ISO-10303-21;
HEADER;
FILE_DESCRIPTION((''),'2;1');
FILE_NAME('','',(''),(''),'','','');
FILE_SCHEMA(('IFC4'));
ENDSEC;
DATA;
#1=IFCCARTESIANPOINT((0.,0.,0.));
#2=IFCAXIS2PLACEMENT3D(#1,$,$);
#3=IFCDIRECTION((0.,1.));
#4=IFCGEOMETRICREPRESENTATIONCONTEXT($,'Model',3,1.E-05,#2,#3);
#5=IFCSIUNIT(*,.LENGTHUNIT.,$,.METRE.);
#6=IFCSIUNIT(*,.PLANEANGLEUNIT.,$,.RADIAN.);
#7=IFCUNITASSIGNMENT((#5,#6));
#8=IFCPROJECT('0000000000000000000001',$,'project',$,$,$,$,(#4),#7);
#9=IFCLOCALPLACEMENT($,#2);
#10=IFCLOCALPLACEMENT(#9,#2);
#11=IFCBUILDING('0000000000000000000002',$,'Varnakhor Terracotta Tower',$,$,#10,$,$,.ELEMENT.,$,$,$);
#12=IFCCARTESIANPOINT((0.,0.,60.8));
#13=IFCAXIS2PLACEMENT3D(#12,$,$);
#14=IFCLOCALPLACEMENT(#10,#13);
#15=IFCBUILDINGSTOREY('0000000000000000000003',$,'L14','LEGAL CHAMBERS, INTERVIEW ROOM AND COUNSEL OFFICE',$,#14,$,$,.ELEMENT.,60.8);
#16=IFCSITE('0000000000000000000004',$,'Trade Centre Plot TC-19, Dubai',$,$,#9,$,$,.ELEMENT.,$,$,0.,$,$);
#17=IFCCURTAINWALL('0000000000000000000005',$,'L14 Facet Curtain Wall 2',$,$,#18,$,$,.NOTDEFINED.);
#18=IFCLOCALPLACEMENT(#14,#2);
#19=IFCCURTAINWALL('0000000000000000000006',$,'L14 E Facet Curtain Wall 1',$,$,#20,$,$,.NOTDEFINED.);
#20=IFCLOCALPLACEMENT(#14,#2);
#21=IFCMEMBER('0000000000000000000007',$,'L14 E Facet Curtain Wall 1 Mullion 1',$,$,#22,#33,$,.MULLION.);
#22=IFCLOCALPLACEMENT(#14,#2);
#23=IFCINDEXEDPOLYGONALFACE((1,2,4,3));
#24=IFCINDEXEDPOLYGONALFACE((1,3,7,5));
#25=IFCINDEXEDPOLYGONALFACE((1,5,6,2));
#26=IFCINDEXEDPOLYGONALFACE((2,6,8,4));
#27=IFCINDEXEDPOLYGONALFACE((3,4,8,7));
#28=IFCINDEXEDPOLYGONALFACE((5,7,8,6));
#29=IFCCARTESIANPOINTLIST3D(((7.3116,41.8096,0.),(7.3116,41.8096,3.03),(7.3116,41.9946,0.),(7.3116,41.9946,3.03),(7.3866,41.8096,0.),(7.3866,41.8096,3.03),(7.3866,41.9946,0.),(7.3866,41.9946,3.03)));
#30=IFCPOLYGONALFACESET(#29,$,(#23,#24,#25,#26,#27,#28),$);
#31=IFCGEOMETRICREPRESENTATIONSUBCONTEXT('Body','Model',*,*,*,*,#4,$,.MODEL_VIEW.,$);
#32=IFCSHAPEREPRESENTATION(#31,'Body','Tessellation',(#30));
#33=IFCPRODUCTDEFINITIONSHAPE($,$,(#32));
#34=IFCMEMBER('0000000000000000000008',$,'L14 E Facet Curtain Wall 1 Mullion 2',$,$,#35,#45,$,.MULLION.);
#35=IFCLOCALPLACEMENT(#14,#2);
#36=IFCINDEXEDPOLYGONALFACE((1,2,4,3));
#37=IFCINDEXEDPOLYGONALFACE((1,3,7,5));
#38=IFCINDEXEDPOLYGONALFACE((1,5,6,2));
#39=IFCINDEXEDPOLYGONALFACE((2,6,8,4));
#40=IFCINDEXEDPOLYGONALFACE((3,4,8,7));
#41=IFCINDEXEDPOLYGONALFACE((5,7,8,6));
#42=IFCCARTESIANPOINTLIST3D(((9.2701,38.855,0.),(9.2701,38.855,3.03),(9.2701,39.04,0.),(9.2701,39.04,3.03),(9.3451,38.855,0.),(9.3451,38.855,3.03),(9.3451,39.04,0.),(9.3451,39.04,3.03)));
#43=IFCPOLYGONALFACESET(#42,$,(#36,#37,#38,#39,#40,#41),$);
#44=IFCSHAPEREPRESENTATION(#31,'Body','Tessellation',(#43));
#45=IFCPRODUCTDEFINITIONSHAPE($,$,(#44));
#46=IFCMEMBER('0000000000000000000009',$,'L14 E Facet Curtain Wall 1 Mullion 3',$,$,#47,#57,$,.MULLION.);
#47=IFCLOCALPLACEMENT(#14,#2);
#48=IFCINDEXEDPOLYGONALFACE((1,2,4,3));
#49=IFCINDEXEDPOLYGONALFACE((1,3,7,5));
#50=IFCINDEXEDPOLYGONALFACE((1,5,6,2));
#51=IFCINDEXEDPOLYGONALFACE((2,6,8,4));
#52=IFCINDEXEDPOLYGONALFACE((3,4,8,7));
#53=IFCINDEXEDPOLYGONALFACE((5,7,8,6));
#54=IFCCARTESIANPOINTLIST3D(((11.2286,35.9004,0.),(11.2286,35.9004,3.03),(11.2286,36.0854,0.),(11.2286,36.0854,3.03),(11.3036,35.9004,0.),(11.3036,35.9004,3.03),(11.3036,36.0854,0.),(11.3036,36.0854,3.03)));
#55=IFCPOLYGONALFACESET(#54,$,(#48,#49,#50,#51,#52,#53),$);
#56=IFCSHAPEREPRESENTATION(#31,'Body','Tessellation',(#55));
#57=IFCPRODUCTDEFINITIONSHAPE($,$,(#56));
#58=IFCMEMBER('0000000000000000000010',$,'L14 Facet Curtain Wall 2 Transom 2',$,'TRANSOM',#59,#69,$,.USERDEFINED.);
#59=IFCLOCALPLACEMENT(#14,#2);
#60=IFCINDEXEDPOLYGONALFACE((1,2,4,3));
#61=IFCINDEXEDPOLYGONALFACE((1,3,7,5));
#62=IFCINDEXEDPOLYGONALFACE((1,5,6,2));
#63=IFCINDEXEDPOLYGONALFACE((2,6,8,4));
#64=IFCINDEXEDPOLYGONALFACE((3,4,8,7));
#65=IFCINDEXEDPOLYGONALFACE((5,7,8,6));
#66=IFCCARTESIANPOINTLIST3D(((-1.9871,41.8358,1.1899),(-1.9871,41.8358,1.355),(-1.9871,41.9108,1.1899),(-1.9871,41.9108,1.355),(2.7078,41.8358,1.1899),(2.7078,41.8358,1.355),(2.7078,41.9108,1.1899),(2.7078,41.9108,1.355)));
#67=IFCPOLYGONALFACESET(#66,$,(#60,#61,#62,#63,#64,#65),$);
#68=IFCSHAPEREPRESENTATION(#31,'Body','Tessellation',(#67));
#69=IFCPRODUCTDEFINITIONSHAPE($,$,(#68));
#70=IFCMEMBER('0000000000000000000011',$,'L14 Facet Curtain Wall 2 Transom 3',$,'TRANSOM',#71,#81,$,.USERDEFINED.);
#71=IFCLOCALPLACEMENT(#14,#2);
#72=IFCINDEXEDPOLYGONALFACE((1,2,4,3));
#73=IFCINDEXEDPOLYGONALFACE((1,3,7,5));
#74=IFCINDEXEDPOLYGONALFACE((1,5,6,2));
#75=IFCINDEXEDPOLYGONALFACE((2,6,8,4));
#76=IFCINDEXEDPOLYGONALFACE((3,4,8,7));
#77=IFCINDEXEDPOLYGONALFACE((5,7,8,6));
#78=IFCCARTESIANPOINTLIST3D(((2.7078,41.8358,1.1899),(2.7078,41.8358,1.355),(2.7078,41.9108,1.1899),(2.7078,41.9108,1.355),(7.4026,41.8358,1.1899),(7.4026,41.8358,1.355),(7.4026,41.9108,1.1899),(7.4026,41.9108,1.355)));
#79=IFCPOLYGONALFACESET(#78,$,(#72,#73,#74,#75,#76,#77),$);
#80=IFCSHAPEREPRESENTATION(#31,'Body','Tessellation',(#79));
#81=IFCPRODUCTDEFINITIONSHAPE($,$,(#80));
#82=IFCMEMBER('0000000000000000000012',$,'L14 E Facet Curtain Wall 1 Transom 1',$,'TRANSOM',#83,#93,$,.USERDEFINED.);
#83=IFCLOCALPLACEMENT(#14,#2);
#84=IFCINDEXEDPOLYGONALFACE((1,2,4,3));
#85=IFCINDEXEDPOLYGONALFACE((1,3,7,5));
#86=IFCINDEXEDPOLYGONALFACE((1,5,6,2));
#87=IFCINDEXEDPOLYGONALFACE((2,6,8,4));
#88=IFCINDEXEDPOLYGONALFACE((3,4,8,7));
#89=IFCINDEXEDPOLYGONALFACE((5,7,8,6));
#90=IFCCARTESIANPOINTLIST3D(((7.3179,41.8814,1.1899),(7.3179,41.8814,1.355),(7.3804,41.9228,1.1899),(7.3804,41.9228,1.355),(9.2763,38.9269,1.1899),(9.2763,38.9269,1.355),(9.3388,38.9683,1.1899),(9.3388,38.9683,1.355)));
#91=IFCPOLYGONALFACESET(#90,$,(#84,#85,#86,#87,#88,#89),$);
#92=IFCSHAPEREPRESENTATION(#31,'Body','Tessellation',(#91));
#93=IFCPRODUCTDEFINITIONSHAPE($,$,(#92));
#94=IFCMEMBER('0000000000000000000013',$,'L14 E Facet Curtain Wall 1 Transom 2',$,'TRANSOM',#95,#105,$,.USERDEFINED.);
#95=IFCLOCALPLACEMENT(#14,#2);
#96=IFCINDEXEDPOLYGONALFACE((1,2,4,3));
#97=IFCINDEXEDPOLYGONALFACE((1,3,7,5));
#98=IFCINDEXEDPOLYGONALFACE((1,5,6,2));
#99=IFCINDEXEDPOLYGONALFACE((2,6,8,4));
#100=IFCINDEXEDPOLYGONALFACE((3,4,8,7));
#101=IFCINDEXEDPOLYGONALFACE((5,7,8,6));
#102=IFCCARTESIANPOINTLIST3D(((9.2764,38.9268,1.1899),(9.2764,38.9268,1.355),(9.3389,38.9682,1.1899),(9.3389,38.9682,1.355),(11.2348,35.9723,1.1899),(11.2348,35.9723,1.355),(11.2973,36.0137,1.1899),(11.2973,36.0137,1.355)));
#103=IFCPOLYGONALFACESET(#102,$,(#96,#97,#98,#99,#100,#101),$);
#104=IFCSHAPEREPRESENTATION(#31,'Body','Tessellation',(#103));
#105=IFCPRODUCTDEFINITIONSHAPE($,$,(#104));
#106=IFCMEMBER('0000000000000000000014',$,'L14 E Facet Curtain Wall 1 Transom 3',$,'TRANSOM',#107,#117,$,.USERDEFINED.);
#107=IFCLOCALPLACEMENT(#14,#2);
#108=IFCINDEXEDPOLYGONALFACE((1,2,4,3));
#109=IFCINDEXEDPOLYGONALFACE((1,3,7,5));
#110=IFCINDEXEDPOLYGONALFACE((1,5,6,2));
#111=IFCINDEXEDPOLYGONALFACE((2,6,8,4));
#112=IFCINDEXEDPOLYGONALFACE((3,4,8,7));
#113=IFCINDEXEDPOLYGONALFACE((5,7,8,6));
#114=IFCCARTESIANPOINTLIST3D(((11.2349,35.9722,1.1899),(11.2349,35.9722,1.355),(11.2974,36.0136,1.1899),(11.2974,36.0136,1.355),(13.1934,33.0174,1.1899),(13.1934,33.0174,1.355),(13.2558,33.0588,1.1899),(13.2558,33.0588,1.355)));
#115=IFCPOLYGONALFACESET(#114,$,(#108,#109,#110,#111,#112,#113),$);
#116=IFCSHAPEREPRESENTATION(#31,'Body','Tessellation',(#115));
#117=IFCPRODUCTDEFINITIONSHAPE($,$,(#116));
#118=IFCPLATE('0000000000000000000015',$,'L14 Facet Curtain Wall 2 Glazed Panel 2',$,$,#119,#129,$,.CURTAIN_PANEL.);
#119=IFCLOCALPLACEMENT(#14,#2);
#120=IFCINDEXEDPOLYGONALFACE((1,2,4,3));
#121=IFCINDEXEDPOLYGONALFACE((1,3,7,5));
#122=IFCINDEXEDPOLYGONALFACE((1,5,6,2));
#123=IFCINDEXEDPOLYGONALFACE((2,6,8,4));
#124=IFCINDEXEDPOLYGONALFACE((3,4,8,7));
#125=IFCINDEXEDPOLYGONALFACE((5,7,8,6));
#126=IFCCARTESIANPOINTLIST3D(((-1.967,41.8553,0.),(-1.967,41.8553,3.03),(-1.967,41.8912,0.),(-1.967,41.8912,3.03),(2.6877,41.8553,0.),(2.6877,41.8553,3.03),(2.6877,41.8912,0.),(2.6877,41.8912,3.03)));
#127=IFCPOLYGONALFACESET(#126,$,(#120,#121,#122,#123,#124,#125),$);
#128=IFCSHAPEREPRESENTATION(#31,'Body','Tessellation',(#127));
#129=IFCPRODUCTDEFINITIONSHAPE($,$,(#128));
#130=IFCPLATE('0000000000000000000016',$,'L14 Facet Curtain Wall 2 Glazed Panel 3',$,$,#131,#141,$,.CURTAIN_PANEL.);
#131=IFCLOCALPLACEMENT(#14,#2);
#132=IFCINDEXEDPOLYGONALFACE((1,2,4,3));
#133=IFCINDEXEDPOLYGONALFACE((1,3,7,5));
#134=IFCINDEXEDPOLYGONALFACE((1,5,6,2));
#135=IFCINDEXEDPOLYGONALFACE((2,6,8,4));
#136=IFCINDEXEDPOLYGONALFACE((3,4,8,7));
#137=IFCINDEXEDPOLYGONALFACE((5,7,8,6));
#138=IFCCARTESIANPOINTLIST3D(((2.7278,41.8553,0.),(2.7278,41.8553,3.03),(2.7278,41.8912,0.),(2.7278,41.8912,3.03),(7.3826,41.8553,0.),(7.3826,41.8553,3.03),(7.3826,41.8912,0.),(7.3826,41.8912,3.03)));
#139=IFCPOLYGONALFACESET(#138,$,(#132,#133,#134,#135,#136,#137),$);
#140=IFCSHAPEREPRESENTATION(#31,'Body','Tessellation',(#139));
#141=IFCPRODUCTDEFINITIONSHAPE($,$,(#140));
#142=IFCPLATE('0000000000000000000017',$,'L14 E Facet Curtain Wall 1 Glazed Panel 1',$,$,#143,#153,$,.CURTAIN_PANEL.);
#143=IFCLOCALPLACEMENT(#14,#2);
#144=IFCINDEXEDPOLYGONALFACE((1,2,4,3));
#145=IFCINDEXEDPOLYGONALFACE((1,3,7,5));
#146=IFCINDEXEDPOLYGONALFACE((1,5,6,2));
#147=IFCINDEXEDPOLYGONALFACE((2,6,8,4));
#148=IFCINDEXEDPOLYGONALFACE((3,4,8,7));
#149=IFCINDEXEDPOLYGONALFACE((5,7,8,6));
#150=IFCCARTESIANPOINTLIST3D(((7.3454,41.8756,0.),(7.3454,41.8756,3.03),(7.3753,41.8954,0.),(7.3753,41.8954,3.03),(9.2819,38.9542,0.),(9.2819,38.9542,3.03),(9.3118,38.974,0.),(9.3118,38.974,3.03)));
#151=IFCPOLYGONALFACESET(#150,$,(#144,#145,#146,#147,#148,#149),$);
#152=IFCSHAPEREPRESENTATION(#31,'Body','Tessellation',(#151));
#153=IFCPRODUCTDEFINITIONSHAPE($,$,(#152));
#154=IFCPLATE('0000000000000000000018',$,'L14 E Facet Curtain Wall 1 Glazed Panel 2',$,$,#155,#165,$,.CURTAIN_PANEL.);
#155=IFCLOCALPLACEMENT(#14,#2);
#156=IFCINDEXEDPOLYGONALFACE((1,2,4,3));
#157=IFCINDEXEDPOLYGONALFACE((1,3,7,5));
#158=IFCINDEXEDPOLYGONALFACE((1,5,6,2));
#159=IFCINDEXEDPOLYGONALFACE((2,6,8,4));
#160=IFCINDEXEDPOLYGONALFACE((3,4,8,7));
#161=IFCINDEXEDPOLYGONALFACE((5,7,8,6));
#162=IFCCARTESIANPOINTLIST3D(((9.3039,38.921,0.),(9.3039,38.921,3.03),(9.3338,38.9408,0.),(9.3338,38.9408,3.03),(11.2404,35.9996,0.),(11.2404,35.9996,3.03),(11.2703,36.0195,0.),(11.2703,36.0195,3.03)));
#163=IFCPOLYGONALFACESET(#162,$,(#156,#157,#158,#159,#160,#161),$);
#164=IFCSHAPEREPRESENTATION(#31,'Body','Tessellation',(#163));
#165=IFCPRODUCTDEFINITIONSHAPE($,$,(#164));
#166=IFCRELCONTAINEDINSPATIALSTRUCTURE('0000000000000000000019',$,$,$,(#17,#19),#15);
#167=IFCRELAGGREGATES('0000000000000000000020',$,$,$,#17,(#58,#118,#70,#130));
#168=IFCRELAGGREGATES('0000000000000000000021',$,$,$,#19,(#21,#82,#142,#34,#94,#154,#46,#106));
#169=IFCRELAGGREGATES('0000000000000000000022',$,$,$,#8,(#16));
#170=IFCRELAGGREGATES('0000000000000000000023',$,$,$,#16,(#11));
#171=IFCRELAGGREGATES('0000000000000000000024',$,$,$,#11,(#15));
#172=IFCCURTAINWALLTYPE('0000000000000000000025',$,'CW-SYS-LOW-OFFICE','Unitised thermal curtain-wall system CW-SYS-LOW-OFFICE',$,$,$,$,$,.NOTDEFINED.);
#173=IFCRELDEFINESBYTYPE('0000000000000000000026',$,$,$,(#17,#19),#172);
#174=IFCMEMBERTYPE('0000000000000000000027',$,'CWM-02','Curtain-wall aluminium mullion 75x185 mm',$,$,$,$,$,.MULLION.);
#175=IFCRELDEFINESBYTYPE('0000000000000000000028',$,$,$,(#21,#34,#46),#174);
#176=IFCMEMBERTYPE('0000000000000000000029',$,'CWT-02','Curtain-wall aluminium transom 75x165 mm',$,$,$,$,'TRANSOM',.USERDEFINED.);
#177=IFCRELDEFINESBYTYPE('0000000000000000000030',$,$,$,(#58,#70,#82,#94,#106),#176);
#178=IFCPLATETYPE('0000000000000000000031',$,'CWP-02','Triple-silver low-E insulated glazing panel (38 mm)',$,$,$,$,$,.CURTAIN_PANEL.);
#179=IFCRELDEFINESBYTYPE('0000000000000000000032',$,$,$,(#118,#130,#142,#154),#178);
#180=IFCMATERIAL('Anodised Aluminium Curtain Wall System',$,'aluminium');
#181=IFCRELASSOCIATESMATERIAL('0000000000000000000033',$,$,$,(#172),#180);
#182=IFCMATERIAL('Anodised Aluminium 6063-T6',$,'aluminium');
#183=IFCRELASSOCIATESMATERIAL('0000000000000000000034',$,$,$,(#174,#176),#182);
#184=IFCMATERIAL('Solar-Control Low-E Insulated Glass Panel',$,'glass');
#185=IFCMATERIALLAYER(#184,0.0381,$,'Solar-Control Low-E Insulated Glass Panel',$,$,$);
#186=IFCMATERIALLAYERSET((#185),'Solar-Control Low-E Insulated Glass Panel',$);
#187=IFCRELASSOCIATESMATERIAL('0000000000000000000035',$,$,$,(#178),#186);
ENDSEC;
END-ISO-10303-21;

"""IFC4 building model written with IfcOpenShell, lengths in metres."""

from ifc_helpers import new_model, si_unit, direction, frame, origin, origin_2d, place, context, subcontext, project, spatial, rectangle, extrude, source, transform, mapped, material, layer, layer_set, material_profile, profile_set, type_object, type_shapes, element, aggregate, save


model = new_model("IFC4")

# Units and contexts
model_context = context("Model", 3, precision=1e-05, world=origin(), true_north=direction((0.0, 1.0)))
body_context = subcontext(model_context, "Body", "Model", "MODEL_VIEW")
ifc_project = project(units=[si_unit("LENGTHUNIT", "METRE"), si_unit("PLANEANGLEUNIT", "RADIAN")], contexts=[model_context])

# Site, building, storey
site_placement = place(None, origin())
site = spatial("IfcSite", under=ifc_project, at=site_placement, Name="Trade Centre Plot TC-19, Dubai", CompositionType="ELEMENT", RefElevation=0.0)
building_placement = place(site_placement, origin())
building = spatial("IfcBuilding", under=site, at=building_placement, Name="Varnakhor Terracotta Tower", CompositionType="ELEMENT")
storey_placement = place(building_placement, frame((0.0, 0.0, 60.8)))
storey = spatial("IfcBuildingStorey", under=building, at=storey_placement, Name="L14", Description="LEGAL CHAMBERS, INTERVIEW ROOM AND COUNSEL OFFICE", CompositionType="ELEMENT", Elevation=60.8)

# Curtain wall
ifc_material_1 = material(Name="Anodised Aluminium Curtain Wall System", Category="aluminium")
curtain_wall_type = type_object("IfcCurtainWallType", Name="CW-SYS-LOW-OFFICE", Description="Unitised thermal curtain-wall system CW-SYS-LOW-OFFICE", PredefinedType="NOTDEFINED", material=ifc_material_1)
curtain_wall_1_placement = place(storey_placement, origin())
curtain_wall_1 = element("IfcCurtainWall", 1, at=curtain_wall_1_placement, inside=storey, type_object=curtain_wall_type, Name="L14 Facet Curtain Wall 2", PredefinedType="NOTDEFINED")
ifc_material_2 = material(Name="Anodised Aluminium 6063-T6", Category="aluminium")
ifc_material_profile_1 = material_profile(ifc_material_2, rectangle(XDim=0.075, YDim=0.1851, at=origin_2d()), Name="ALU MULLION 75x185")
ifc_profile_set_1 = profile_set([ifc_material_profile_1], Name="Anodised Aluminium 6063-T6")
member_type_1 = type_object("IfcMemberType", Name="CWM-02", Description="Curtain-wall aluminium mullion 75x185 mm", PredefinedType="MULLION", material=ifc_profile_set_1)
shared_shape_1 = source(origin(), body_context, "Body", "SweptSolid", [
    extrude(rectangle(XDim=0.075, YDim=0.1851, at=origin_2d()), origin(), (0.0, 0.0, 1.0), 3.03),
])
type_shapes(member_type_1, [shared_shape_1])

# Curtain wall, members
curtain_wall_2_placement = place(storey_placement, origin())
curtain_wall_2 = element("IfcCurtainWall", 2, at=curtain_wall_2_placement, inside=storey, type_object=curtain_wall_type, Name="L14 E Facet Curtain Wall 1", PredefinedType="NOTDEFINED")
member_1_placement = place(storey_placement, frame((7.3491, 41.9021, 0.0), z_axis=(0.0, 0.0, 1.0), x_axis=(1.0, 0.0, 0.0)))
member_1 = element("IfcMember", 3, at=member_1_placement, type_object=member_type_1, Name="L14 E Facet Curtain Wall 1 Mullion 1", PredefinedType="MULLION", context=body_context, shape_type="MappedRepresentation", body=[
    mapped(shared_shape_1, transform((0.0, 0.0, 0.0), scale=1.0)),
])
member_2_placement = place(storey_placement, frame((9.3076, 38.9475, 0.0), z_axis=(0.0, 0.0, 1.0), x_axis=(1.0, 0.0, 0.0)))
member_2 = element("IfcMember", 4, at=member_2_placement, type_object=member_type_1, Name="L14 E Facet Curtain Wall 1 Mullion 2", PredefinedType="MULLION", context=body_context, shape_type="MappedRepresentation", body=[
    mapped(shared_shape_1, transform((0.0, 0.0, 0.0), scale=1.0)),
])
member_3_placement = place(storey_placement, frame((11.2661, 35.9929, 0.0), z_axis=(0.0, 0.0, 1.0), x_axis=(1.0, 0.0, 0.0)))
member_3 = element("IfcMember", 5, at=member_3_placement, type_object=member_type_1, Name="L14 E Facet Curtain Wall 1 Mullion 3", PredefinedType="MULLION", context=body_context, shape_type="MappedRepresentation", body=[
    mapped(shared_shape_1, transform((0.0, 0.0, 0.0), scale=1.0)),
])

# Members
ifc_material_profile_2 = material_profile(ifc_material_2, rectangle(XDim=0.075, YDim=0.165, at=origin_2d()), Name="ALU TRANSOM 75x165")
ifc_profile_set_2 = profile_set([ifc_material_profile_2], Name="Anodised Aluminium 6063-T6")
member_type_2 = type_object("IfcMemberType", Name="CWT-02", Description="Curtain-wall aluminium transom 75x165 mm", ElementType="TRANSOM", PredefinedType="USERDEFINED", material=ifc_profile_set_2)
shared_shape_2 = source(origin(), body_context, "Body", "SweptSolid", [
    extrude(rectangle(XDim=0.075, YDim=0.165, at=origin_2d()), origin(), (0.0, 0.0, 1.0), 4.6948),
])
member_4_placement = place(storey_placement, frame((-1.9871, 41.8733, 1.2725), z_axis=(1.0, 0.0, 0.0), x_axis=(0.0, 1.0, 0.0)))
member_4 = element("IfcMember", 6, at=member_4_placement, type_object=member_type_2, Name="L14 Facet Curtain Wall 2 Transom 2", ObjectType="TRANSOM", PredefinedType="USERDEFINED", context=body_context, shape_type="MappedRepresentation", body=[
    mapped(shared_shape_2, transform((0.0, 0.0, 0.0), scale=1.0)),
])
member_5_placement = place(storey_placement, frame((2.7078, 41.8733, 1.2725), z_axis=(1.0, 0.0, 0.0), x_axis=(0.0, 1.0, 0.0)))
member_5 = element("IfcMember", 7, at=member_5_placement, type_object=member_type_2, Name="L14 Facet Curtain Wall 2 Transom 3", ObjectType="TRANSOM", PredefinedType="USERDEFINED", context=body_context, shape_type="MappedRepresentation", body=[
    mapped(shared_shape_2, transform((0.0, 0.0, 0.0), scale=1.0)),
])
shared_shape_3 = source(origin(), body_context, "Body", "SweptSolid", [
    extrude(rectangle(XDim=0.075, YDim=0.165, at=origin_2d()), origin(), (0.0, 0.0, 1.0), 3.5447),
])
member_6_placement = place(storey_placement, frame((7.3491, 41.9021, 1.2725), z_axis=(0.552505, -0.83351, 0.0), x_axis=(0.83351, 0.552505, 0.0)))
member_6 = element("IfcMember", 8, at=member_6_placement, type_object=member_type_2, Name="L14 E Facet Curtain Wall 1 Transom 1", ObjectType="TRANSOM", PredefinedType="USERDEFINED", context=body_context, shape_type="MappedRepresentation", body=[
    mapped(shared_shape_3, transform((0.0, 0.0, 0.0), scale=1.0)),
])
member_7_placement = place(storey_placement, frame((9.3076, 38.9475, 1.2725), z_axis=(0.552505, -0.83351, 0.0), x_axis=(0.83351, 0.552505, 0.0)))
member_7 = element("IfcMember", 9, at=member_7_placement, type_object=member_type_2, Name="L14 E Facet Curtain Wall 1 Transom 2", ObjectType="TRANSOM", PredefinedType="USERDEFINED", context=body_context, shape_type="MappedRepresentation", body=[
    mapped(shared_shape_3, transform((0.0, 0.0, 0.0), scale=1.0)),
])
shared_shape_4 = source(origin(), body_context, "Body", "SweptSolid", [
    extrude(rectangle(XDim=0.075, YDim=0.165, at=origin_2d()), origin(), (0.0, 0.0, 1.0), 3.5449),
])
member_8_placement = place(storey_placement, frame((11.2661, 35.9929, 1.2725), z_axis=(0.552473, -0.833531, 0.0), x_axis=(0.833531, 0.552473, 0.0)))
member_8 = element("IfcMember", 10, at=member_8_placement, type_object=member_type_2, Name="L14 E Facet Curtain Wall 1 Transom 3", ObjectType="TRANSOM", PredefinedType="USERDEFINED", context=body_context, shape_type="MappedRepresentation", body=[
    mapped(shared_shape_4, transform((0.0, 0.0, 0.0), scale=1.0)),
])

# Plates
ifc_material_3 = material(Name="Solar-Control Low-E Insulated Glass Panel", Category="glass")
ifc_layer = layer(ifc_material_3, 0.0381, Name="Solar-Control Low-E Insulated Glass Panel")
ifc_layer_set = layer_set([ifc_layer], Name="Solar-Control Low-E Insulated Glass Panel")
plate_type = type_object("IfcPlateType", Name="CWP-02", Description="Triple-silver low-E insulated glazing panel (38 mm)", PredefinedType="CURTAIN_PANEL", material=ifc_layer_set)
shared_shape_5 = source(origin(), body_context, "Body", "SweptSolid", [
    extrude(rectangle(XDim=4.6548, YDim=0.0359, at=origin_2d()), origin(), (0.0, 0.0, 1.0), 3.03),
])
plate_1_placement = place(storey_placement, frame((0.3604, 41.8733, 0.0), z_axis=(0.0, 0.0, 1.0), x_axis=(1.0, 0.0, 0.0)))
plate_1 = element("IfcPlate", 11, at=plate_1_placement, type_object=plate_type, Name="L14 Facet Curtain Wall 2 Glazed Panel 2", PredefinedType="CURTAIN_PANEL", context=body_context, shape_type="MappedRepresentation", body=[
    mapped(shared_shape_5, transform((0.0, 0.0, 0.0), scale=1.0)),
])
plate_2_placement = place(storey_placement, frame((5.0552, 41.8733, 0.0), z_axis=(0.0, 0.0, 1.0), x_axis=(1.0, 0.0, 0.0)))
plate_2 = element("IfcPlate", 12, at=plate_2_placement, type_object=plate_type, Name="L14 Facet Curtain Wall 2 Glazed Panel 3", PredefinedType="CURTAIN_PANEL", context=body_context, shape_type="MappedRepresentation", body=[
    mapped(shared_shape_5, transform((0.0, 0.0, 0.0), scale=1.0)),
])
aggregate(curtain_wall_1, [member_4, plate_1, member_5, plate_2])
shared_shape_6 = source(origin(), body_context, "Body", "SweptSolid", [
    extrude(rectangle(XDim=3.5049, YDim=0.0359, at=origin_2d()), origin(), (0.0, 0.0, 1.0), 3.03),
])
plate_3_placement = place(storey_placement, frame((8.3286, 40.4248, 0.0), z_axis=(0.0, 0.0, 1.0), x_axis=(0.552504, -0.83351, 0.0)))
plate_3 = element("IfcPlate", 13, at=plate_3_placement, type_object=plate_type, Name="L14 E Facet Curtain Wall 1 Glazed Panel 1", PredefinedType="CURTAIN_PANEL", context=body_context, shape_type="MappedRepresentation", body=[
    mapped(shared_shape_6, transform((0.0, 0.0, 0.0), scale=1.0)),
])
plate_4_placement = place(storey_placement, frame((10.2871, 37.4702, 0.0), z_axis=(0.0, 0.0, 1.0), x_axis=(0.552504, -0.83351, 0.0)))
plate_4 = element("IfcPlate", 14, at=plate_4_placement, type_object=plate_type, Name="L14 E Facet Curtain Wall 1 Glazed Panel 2", PredefinedType="CURTAIN_PANEL", context=body_context, shape_type="MappedRepresentation", body=[
    mapped(shared_shape_6, transform((0.0, 0.0, 0.0), scale=1.0)),
])
aggregate(curtain_wall_2, [member_1, member_6, plate_3, member_2, member_7, plate_4, member_3, member_8])

save(model, "model.ifc")
